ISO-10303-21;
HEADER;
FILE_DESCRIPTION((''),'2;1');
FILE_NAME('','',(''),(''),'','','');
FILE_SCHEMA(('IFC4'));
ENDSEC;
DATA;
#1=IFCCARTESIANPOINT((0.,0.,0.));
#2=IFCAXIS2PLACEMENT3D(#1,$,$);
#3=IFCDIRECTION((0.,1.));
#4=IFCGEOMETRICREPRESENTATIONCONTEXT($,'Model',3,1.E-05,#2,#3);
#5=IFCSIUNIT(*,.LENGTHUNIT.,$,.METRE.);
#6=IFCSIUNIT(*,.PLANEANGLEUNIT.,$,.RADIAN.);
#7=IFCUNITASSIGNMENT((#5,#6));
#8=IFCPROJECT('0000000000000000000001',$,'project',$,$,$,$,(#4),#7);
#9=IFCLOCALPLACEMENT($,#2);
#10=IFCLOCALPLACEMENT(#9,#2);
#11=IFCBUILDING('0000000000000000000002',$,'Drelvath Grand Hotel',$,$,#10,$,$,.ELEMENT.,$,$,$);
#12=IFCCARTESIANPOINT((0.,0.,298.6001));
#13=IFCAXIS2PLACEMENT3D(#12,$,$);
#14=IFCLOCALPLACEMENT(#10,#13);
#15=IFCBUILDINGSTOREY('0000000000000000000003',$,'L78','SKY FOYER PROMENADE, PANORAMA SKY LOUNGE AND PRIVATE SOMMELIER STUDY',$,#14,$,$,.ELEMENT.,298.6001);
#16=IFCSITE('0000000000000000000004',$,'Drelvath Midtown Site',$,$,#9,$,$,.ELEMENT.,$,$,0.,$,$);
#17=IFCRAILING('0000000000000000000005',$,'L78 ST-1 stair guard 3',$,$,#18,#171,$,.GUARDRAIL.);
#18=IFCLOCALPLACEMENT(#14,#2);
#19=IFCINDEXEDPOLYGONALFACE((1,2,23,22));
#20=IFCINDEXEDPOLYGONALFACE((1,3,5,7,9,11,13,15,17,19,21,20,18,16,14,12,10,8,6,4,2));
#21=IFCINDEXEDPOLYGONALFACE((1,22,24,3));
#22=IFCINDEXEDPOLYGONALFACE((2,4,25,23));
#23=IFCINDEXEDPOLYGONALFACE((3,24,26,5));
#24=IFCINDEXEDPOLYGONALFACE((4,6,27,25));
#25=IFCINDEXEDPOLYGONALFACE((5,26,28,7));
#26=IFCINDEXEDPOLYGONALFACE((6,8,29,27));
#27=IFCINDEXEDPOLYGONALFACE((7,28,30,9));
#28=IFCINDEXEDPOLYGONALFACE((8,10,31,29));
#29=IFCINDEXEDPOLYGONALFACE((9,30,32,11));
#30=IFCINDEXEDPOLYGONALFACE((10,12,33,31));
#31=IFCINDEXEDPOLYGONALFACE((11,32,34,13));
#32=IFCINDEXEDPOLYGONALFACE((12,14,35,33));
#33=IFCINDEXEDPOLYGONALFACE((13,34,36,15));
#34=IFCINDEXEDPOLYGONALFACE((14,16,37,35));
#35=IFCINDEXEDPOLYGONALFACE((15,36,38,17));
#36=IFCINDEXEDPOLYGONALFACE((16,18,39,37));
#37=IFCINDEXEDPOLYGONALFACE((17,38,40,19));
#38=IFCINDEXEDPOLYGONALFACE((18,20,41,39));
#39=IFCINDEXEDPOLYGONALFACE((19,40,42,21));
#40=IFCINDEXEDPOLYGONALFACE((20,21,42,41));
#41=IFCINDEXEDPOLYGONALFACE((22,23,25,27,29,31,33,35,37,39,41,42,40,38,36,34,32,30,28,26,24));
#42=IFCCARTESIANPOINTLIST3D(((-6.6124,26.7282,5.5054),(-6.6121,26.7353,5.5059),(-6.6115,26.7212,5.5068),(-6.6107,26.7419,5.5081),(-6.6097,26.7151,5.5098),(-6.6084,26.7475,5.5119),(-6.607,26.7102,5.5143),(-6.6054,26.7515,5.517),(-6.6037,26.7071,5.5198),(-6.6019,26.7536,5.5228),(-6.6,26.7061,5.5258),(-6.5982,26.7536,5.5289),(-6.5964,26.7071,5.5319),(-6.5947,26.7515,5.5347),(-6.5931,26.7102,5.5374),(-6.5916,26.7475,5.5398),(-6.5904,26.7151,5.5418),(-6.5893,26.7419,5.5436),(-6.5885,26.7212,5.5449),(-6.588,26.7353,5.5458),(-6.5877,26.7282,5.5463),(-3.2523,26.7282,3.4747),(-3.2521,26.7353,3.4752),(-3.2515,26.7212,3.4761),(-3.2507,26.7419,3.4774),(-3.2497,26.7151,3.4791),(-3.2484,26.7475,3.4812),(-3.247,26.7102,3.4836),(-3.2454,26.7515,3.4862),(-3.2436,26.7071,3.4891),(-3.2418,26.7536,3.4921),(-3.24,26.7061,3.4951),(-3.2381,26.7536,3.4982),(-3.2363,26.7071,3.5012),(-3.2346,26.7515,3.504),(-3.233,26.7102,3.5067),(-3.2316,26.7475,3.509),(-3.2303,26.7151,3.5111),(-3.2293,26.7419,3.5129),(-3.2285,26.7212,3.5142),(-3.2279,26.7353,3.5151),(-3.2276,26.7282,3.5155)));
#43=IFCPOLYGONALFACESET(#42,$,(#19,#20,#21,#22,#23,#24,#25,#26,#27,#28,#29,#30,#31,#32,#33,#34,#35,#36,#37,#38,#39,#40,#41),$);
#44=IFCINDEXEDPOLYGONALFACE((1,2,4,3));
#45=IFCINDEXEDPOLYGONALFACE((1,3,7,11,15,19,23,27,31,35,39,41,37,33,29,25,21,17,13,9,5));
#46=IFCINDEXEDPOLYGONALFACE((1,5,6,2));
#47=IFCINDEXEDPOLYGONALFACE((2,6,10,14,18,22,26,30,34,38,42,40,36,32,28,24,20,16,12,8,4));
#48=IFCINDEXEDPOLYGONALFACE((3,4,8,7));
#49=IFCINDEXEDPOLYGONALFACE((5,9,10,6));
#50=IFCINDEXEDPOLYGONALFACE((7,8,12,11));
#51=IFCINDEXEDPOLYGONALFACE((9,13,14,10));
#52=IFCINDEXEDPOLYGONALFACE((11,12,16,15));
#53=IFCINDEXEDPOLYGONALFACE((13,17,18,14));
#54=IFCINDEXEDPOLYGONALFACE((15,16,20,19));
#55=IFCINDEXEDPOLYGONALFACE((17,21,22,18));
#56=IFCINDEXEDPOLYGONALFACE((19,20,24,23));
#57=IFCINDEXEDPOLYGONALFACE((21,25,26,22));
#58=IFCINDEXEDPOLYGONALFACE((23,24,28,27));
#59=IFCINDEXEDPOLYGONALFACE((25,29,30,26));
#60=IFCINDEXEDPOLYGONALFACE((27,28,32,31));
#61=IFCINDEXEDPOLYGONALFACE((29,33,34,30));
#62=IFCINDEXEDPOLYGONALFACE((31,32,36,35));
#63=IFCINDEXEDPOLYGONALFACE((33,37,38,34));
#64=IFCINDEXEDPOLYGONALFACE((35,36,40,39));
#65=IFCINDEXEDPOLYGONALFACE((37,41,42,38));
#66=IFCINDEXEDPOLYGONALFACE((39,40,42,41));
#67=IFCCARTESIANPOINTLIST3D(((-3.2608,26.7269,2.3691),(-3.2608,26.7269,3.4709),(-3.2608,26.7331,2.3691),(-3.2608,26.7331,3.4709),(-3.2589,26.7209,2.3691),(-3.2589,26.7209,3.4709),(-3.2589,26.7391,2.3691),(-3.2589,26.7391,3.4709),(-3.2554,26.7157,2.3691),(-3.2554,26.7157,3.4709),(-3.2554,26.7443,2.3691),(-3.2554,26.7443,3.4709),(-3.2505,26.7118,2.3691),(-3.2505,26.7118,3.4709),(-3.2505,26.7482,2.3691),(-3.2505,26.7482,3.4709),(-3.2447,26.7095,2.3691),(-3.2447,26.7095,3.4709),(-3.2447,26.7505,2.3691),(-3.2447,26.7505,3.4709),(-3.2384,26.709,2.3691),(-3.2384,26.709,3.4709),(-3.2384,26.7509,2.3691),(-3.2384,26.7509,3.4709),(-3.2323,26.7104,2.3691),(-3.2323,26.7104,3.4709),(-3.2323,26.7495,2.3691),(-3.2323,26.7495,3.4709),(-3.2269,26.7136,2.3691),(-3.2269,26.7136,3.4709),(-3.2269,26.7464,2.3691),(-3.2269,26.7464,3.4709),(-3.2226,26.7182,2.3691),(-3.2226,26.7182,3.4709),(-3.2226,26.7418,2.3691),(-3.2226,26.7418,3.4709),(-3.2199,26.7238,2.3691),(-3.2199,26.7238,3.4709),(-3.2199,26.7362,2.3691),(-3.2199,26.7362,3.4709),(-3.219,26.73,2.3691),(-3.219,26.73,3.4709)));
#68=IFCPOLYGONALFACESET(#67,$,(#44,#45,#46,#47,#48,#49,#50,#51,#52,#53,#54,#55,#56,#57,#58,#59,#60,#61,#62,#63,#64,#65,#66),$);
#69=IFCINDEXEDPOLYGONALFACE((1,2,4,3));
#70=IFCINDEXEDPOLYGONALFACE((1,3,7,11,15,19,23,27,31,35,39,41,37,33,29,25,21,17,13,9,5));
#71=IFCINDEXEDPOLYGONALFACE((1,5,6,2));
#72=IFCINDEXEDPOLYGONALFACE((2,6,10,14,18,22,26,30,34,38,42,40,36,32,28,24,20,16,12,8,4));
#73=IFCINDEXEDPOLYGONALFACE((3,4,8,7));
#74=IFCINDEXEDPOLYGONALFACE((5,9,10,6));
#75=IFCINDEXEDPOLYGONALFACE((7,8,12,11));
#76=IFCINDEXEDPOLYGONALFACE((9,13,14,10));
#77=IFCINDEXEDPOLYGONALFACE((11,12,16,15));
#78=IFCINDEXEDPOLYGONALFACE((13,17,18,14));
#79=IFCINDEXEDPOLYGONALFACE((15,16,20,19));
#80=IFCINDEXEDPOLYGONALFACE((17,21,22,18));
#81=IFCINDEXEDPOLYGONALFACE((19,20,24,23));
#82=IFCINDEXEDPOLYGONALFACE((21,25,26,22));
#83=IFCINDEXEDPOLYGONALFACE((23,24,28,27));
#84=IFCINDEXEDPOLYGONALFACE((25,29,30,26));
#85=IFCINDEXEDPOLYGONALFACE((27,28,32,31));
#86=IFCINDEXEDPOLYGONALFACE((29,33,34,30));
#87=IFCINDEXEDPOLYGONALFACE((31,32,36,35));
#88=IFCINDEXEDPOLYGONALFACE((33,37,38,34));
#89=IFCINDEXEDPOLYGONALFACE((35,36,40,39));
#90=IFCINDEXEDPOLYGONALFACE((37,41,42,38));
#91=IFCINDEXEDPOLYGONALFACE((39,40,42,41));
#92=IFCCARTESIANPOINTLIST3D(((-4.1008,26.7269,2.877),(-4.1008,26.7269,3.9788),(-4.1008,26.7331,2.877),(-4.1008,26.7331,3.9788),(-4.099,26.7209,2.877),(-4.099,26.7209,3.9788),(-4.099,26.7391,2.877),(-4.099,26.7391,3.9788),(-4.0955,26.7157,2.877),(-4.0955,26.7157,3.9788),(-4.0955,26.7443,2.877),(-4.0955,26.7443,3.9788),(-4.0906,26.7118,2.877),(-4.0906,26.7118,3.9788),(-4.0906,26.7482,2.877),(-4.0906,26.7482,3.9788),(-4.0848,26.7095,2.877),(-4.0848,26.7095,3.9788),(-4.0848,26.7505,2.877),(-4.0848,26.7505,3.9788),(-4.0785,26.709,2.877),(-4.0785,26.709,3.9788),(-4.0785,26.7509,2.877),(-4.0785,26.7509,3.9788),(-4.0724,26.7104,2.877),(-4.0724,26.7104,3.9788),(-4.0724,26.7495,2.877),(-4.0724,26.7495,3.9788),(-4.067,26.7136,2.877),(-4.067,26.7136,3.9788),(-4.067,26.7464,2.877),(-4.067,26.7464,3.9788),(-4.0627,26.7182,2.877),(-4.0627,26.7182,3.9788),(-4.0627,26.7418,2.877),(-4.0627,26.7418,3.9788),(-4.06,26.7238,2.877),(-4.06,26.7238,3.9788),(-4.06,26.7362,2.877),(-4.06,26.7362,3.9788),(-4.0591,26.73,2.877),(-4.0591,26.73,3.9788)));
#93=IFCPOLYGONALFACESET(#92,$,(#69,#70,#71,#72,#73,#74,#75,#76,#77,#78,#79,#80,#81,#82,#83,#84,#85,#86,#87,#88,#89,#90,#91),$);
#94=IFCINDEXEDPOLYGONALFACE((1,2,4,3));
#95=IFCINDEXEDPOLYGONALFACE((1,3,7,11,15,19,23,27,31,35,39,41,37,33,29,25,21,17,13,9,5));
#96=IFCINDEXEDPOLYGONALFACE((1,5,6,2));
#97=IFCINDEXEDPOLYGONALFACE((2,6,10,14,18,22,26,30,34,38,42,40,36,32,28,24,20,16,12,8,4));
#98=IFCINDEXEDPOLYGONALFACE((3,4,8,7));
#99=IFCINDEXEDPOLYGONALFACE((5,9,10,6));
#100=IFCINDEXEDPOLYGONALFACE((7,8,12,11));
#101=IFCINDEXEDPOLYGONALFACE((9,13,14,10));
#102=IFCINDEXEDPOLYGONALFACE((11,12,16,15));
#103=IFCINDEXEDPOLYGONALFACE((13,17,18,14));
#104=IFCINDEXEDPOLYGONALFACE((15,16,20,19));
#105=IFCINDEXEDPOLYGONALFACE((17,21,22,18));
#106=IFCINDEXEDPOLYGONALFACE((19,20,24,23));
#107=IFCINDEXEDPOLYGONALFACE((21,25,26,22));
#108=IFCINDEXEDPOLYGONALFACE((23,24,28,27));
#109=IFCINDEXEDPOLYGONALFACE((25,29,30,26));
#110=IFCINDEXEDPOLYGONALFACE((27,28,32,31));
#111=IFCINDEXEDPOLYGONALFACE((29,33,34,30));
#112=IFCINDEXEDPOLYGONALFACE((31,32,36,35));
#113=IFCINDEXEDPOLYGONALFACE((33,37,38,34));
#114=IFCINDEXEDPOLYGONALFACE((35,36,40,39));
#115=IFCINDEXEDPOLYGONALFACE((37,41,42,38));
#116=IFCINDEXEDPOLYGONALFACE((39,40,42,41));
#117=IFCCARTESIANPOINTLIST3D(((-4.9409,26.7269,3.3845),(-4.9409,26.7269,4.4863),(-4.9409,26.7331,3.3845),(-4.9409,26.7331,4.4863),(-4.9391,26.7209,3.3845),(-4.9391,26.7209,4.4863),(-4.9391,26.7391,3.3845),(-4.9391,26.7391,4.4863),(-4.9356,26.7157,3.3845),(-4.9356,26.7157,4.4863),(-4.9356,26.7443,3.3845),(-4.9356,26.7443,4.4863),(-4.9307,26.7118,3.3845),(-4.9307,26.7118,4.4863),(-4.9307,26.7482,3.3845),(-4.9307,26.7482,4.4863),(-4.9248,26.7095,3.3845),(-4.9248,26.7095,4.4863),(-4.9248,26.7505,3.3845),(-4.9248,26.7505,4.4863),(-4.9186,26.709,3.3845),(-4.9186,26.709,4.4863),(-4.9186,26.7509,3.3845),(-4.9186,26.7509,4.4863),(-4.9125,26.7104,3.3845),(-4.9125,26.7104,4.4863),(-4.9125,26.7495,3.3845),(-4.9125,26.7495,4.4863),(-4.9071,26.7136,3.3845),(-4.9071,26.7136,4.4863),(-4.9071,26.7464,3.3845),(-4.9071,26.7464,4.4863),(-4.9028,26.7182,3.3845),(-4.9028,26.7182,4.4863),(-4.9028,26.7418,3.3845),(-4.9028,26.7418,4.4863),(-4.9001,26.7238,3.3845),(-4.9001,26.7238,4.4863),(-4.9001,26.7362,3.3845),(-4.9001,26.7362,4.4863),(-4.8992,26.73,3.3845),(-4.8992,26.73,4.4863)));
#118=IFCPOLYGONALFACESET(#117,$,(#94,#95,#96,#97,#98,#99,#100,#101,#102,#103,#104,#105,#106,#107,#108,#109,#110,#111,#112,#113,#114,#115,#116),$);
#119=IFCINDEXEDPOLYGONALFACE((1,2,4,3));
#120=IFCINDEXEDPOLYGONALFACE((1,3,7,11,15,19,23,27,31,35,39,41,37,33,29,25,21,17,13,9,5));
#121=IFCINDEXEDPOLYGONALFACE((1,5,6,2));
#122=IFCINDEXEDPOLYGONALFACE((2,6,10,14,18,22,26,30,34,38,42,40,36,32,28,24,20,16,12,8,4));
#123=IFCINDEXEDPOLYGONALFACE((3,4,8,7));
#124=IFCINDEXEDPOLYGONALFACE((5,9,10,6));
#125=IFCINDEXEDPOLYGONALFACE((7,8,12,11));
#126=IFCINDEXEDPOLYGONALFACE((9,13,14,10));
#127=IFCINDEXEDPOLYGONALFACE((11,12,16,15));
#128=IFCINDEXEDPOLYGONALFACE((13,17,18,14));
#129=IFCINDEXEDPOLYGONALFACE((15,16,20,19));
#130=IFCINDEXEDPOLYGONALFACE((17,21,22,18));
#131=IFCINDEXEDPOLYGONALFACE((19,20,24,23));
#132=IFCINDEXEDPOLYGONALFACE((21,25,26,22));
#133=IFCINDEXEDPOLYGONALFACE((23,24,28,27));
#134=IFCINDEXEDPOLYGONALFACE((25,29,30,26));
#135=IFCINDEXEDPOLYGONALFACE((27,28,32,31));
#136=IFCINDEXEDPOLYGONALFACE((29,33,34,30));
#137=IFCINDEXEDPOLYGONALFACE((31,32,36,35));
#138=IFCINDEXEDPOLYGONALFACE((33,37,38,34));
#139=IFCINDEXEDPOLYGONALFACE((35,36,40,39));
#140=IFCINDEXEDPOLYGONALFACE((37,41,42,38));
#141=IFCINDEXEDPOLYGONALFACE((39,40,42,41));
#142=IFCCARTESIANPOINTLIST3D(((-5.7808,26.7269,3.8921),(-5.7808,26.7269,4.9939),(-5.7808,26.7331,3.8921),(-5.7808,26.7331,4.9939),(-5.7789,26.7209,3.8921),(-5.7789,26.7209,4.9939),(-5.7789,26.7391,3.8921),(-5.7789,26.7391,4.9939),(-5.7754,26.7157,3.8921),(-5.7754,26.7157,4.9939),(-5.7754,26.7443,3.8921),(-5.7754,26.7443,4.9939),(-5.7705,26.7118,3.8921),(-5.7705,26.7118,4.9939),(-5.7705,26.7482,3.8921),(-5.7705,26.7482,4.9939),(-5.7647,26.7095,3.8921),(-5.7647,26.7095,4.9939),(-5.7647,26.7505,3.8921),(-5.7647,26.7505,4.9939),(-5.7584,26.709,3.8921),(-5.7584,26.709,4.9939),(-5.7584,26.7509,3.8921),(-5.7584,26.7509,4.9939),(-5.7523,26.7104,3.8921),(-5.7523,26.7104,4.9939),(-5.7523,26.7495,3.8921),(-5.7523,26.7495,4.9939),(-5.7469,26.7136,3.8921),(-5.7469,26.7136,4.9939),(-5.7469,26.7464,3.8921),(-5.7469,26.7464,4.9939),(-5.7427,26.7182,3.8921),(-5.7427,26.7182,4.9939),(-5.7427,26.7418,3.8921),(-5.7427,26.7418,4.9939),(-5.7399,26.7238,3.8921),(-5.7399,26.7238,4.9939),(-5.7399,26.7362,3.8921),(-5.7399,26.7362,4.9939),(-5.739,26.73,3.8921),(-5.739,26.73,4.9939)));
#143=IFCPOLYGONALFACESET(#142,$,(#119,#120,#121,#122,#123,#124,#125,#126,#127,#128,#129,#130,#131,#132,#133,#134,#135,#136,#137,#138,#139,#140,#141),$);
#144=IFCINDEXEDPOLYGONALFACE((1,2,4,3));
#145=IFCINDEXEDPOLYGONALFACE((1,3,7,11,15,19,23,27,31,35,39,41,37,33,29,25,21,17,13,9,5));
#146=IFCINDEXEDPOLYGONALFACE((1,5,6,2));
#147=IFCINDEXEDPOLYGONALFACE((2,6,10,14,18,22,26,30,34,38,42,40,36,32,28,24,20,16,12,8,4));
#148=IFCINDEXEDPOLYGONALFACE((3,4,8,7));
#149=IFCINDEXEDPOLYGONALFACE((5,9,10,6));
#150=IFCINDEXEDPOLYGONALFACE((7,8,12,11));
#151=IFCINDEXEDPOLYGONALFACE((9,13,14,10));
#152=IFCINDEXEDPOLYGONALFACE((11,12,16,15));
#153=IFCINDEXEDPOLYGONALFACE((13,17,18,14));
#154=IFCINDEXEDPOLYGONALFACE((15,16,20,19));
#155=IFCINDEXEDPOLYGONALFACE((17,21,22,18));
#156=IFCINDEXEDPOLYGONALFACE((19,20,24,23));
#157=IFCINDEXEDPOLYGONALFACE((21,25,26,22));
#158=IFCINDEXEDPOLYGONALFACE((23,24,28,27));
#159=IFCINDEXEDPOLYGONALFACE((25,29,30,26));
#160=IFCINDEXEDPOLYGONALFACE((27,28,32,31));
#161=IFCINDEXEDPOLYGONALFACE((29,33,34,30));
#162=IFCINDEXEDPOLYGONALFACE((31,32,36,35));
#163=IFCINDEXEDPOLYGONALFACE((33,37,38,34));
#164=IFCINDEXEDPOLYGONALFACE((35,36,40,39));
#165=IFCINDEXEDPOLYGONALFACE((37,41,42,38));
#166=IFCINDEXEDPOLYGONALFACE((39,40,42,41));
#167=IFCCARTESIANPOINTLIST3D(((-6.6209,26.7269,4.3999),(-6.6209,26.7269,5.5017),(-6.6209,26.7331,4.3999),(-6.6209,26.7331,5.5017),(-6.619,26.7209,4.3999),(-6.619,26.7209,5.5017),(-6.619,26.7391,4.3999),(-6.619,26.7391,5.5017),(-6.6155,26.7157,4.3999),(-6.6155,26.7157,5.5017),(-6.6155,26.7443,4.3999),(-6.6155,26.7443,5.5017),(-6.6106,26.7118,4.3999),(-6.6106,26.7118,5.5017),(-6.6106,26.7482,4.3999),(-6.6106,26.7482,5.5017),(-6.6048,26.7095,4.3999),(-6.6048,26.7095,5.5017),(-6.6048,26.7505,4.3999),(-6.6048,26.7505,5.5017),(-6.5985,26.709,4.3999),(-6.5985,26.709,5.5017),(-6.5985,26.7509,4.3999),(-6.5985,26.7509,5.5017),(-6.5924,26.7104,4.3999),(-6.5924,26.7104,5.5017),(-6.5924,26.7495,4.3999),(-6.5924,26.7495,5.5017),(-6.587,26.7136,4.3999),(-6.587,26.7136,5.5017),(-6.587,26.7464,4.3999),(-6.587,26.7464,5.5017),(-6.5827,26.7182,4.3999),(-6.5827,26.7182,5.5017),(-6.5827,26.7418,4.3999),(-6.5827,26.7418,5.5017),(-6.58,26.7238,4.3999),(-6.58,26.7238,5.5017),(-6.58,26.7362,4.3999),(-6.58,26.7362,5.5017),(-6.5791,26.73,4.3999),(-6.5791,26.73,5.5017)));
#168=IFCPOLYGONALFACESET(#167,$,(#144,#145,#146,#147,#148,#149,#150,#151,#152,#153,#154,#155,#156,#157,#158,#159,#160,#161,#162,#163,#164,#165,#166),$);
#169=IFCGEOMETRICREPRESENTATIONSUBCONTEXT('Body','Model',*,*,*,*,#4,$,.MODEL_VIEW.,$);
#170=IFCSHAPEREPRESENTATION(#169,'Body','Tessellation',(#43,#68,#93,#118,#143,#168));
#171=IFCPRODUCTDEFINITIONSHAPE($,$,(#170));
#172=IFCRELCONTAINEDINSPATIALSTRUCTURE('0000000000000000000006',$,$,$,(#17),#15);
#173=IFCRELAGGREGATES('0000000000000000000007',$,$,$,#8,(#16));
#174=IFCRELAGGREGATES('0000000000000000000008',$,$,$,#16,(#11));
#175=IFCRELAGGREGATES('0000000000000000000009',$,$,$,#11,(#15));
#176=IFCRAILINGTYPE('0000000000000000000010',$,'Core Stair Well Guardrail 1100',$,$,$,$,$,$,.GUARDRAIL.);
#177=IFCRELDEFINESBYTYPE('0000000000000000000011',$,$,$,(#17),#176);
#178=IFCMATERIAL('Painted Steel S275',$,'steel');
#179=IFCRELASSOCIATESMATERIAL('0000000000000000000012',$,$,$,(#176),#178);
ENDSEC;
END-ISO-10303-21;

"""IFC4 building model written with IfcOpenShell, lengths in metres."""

from ifc_helpers import new_model, si_unit, direction, frame, origin, origin_2d, place, context, subcontext, project, spatial, circle, extrude, material, type_object, element, save


model = new_model("IFC4")

# Units and contexts
model_context = context("Model", 3, precision=1e-05, world=origin(), true_north=direction((0.0, 1.0)))
body_context = subcontext(model_context, "Body", "Model", "MODEL_VIEW")
ifc_project = project(units=[si_unit("LENGTHUNIT", "METRE"), si_unit("PLANEANGLEUNIT", "RADIAN")], contexts=[model_context])

# Site, building, storey
site_placement = place(None, origin())
site = spatial("IfcSite", under=ifc_project, at=site_placement, Name="Drelvath Midtown Site", CompositionType="ELEMENT", RefElevation=0.0)
building_placement = place(site_placement, origin())
building = spatial("IfcBuilding", under=site, at=building_placement, Name="Drelvath Grand Hotel", CompositionType="ELEMENT")
storey_placement = place(building_placement, frame((0.0, 0.0, 298.6001)))
storey = spatial("IfcBuildingStorey", under=building, at=storey_placement, Name="L78", Description="SKY FOYER PROMENADE, PANORAMA SKY LOUNGE AND PRIVATE SOMMELIER STUDY", CompositionType="ELEMENT", Elevation=298.6001)

# Shared definitions
ifc_material_1 = material(Name="Painted Steel S275", Category="steel")

# Railing
railing_type_1 = type_object("IfcRailingType", Name="Core Stair Well Guardrail 1100", PredefinedType="GUARDRAIL", material=ifc_material_1)
railing_1_placement = place(storey_placement, frame((-3.24, 26.73, 2.3691)))
element("IfcRailing", 1, at=railing_1_placement, inside=storey, type_object=railing_type_1, Name="L78 ST-1 stair guard 3", PredefinedType="GUARDRAIL", context=body_context, shape_type="SweptSolid", body=[
    extrude(circle(Radius=0.0239, at=origin_2d()), frame((0.0, 0.0, 1.126), z_axis=(-0.855837, 0.0, 0.517246), x_axis=(0.0, -1.0, 0.0)), (0.0, 0.0, 1.0), 3.926),
    extrude(circle(Radius=0.021, at=origin_2d()), origin(), (0.0, 0.0, 1.0), 1.1018),
    extrude(circle(Radius=0.021, at=origin_2d()), frame((-0.8401, 0.0, 0.5078)), (0.0, 0.0, 1.0), 1.1018),
    extrude(circle(Radius=0.021, at=origin_2d()), frame((-1.6802, 0.0, 1.0154)), (0.0, 0.0, 1.0), 1.1018),
    extrude(circle(Radius=0.021, at=origin_2d()), frame((-2.52, 0.0, 1.5229)), (0.0, 0.0, 1.0), 1.1018),
    extrude(circle(Radius=0.021, at=origin_2d()), frame((-3.3601, 0.0, 2.0308)), (0.0, 0.0, 1.0), 1.1018),
])

save(model, "model.ifc")
